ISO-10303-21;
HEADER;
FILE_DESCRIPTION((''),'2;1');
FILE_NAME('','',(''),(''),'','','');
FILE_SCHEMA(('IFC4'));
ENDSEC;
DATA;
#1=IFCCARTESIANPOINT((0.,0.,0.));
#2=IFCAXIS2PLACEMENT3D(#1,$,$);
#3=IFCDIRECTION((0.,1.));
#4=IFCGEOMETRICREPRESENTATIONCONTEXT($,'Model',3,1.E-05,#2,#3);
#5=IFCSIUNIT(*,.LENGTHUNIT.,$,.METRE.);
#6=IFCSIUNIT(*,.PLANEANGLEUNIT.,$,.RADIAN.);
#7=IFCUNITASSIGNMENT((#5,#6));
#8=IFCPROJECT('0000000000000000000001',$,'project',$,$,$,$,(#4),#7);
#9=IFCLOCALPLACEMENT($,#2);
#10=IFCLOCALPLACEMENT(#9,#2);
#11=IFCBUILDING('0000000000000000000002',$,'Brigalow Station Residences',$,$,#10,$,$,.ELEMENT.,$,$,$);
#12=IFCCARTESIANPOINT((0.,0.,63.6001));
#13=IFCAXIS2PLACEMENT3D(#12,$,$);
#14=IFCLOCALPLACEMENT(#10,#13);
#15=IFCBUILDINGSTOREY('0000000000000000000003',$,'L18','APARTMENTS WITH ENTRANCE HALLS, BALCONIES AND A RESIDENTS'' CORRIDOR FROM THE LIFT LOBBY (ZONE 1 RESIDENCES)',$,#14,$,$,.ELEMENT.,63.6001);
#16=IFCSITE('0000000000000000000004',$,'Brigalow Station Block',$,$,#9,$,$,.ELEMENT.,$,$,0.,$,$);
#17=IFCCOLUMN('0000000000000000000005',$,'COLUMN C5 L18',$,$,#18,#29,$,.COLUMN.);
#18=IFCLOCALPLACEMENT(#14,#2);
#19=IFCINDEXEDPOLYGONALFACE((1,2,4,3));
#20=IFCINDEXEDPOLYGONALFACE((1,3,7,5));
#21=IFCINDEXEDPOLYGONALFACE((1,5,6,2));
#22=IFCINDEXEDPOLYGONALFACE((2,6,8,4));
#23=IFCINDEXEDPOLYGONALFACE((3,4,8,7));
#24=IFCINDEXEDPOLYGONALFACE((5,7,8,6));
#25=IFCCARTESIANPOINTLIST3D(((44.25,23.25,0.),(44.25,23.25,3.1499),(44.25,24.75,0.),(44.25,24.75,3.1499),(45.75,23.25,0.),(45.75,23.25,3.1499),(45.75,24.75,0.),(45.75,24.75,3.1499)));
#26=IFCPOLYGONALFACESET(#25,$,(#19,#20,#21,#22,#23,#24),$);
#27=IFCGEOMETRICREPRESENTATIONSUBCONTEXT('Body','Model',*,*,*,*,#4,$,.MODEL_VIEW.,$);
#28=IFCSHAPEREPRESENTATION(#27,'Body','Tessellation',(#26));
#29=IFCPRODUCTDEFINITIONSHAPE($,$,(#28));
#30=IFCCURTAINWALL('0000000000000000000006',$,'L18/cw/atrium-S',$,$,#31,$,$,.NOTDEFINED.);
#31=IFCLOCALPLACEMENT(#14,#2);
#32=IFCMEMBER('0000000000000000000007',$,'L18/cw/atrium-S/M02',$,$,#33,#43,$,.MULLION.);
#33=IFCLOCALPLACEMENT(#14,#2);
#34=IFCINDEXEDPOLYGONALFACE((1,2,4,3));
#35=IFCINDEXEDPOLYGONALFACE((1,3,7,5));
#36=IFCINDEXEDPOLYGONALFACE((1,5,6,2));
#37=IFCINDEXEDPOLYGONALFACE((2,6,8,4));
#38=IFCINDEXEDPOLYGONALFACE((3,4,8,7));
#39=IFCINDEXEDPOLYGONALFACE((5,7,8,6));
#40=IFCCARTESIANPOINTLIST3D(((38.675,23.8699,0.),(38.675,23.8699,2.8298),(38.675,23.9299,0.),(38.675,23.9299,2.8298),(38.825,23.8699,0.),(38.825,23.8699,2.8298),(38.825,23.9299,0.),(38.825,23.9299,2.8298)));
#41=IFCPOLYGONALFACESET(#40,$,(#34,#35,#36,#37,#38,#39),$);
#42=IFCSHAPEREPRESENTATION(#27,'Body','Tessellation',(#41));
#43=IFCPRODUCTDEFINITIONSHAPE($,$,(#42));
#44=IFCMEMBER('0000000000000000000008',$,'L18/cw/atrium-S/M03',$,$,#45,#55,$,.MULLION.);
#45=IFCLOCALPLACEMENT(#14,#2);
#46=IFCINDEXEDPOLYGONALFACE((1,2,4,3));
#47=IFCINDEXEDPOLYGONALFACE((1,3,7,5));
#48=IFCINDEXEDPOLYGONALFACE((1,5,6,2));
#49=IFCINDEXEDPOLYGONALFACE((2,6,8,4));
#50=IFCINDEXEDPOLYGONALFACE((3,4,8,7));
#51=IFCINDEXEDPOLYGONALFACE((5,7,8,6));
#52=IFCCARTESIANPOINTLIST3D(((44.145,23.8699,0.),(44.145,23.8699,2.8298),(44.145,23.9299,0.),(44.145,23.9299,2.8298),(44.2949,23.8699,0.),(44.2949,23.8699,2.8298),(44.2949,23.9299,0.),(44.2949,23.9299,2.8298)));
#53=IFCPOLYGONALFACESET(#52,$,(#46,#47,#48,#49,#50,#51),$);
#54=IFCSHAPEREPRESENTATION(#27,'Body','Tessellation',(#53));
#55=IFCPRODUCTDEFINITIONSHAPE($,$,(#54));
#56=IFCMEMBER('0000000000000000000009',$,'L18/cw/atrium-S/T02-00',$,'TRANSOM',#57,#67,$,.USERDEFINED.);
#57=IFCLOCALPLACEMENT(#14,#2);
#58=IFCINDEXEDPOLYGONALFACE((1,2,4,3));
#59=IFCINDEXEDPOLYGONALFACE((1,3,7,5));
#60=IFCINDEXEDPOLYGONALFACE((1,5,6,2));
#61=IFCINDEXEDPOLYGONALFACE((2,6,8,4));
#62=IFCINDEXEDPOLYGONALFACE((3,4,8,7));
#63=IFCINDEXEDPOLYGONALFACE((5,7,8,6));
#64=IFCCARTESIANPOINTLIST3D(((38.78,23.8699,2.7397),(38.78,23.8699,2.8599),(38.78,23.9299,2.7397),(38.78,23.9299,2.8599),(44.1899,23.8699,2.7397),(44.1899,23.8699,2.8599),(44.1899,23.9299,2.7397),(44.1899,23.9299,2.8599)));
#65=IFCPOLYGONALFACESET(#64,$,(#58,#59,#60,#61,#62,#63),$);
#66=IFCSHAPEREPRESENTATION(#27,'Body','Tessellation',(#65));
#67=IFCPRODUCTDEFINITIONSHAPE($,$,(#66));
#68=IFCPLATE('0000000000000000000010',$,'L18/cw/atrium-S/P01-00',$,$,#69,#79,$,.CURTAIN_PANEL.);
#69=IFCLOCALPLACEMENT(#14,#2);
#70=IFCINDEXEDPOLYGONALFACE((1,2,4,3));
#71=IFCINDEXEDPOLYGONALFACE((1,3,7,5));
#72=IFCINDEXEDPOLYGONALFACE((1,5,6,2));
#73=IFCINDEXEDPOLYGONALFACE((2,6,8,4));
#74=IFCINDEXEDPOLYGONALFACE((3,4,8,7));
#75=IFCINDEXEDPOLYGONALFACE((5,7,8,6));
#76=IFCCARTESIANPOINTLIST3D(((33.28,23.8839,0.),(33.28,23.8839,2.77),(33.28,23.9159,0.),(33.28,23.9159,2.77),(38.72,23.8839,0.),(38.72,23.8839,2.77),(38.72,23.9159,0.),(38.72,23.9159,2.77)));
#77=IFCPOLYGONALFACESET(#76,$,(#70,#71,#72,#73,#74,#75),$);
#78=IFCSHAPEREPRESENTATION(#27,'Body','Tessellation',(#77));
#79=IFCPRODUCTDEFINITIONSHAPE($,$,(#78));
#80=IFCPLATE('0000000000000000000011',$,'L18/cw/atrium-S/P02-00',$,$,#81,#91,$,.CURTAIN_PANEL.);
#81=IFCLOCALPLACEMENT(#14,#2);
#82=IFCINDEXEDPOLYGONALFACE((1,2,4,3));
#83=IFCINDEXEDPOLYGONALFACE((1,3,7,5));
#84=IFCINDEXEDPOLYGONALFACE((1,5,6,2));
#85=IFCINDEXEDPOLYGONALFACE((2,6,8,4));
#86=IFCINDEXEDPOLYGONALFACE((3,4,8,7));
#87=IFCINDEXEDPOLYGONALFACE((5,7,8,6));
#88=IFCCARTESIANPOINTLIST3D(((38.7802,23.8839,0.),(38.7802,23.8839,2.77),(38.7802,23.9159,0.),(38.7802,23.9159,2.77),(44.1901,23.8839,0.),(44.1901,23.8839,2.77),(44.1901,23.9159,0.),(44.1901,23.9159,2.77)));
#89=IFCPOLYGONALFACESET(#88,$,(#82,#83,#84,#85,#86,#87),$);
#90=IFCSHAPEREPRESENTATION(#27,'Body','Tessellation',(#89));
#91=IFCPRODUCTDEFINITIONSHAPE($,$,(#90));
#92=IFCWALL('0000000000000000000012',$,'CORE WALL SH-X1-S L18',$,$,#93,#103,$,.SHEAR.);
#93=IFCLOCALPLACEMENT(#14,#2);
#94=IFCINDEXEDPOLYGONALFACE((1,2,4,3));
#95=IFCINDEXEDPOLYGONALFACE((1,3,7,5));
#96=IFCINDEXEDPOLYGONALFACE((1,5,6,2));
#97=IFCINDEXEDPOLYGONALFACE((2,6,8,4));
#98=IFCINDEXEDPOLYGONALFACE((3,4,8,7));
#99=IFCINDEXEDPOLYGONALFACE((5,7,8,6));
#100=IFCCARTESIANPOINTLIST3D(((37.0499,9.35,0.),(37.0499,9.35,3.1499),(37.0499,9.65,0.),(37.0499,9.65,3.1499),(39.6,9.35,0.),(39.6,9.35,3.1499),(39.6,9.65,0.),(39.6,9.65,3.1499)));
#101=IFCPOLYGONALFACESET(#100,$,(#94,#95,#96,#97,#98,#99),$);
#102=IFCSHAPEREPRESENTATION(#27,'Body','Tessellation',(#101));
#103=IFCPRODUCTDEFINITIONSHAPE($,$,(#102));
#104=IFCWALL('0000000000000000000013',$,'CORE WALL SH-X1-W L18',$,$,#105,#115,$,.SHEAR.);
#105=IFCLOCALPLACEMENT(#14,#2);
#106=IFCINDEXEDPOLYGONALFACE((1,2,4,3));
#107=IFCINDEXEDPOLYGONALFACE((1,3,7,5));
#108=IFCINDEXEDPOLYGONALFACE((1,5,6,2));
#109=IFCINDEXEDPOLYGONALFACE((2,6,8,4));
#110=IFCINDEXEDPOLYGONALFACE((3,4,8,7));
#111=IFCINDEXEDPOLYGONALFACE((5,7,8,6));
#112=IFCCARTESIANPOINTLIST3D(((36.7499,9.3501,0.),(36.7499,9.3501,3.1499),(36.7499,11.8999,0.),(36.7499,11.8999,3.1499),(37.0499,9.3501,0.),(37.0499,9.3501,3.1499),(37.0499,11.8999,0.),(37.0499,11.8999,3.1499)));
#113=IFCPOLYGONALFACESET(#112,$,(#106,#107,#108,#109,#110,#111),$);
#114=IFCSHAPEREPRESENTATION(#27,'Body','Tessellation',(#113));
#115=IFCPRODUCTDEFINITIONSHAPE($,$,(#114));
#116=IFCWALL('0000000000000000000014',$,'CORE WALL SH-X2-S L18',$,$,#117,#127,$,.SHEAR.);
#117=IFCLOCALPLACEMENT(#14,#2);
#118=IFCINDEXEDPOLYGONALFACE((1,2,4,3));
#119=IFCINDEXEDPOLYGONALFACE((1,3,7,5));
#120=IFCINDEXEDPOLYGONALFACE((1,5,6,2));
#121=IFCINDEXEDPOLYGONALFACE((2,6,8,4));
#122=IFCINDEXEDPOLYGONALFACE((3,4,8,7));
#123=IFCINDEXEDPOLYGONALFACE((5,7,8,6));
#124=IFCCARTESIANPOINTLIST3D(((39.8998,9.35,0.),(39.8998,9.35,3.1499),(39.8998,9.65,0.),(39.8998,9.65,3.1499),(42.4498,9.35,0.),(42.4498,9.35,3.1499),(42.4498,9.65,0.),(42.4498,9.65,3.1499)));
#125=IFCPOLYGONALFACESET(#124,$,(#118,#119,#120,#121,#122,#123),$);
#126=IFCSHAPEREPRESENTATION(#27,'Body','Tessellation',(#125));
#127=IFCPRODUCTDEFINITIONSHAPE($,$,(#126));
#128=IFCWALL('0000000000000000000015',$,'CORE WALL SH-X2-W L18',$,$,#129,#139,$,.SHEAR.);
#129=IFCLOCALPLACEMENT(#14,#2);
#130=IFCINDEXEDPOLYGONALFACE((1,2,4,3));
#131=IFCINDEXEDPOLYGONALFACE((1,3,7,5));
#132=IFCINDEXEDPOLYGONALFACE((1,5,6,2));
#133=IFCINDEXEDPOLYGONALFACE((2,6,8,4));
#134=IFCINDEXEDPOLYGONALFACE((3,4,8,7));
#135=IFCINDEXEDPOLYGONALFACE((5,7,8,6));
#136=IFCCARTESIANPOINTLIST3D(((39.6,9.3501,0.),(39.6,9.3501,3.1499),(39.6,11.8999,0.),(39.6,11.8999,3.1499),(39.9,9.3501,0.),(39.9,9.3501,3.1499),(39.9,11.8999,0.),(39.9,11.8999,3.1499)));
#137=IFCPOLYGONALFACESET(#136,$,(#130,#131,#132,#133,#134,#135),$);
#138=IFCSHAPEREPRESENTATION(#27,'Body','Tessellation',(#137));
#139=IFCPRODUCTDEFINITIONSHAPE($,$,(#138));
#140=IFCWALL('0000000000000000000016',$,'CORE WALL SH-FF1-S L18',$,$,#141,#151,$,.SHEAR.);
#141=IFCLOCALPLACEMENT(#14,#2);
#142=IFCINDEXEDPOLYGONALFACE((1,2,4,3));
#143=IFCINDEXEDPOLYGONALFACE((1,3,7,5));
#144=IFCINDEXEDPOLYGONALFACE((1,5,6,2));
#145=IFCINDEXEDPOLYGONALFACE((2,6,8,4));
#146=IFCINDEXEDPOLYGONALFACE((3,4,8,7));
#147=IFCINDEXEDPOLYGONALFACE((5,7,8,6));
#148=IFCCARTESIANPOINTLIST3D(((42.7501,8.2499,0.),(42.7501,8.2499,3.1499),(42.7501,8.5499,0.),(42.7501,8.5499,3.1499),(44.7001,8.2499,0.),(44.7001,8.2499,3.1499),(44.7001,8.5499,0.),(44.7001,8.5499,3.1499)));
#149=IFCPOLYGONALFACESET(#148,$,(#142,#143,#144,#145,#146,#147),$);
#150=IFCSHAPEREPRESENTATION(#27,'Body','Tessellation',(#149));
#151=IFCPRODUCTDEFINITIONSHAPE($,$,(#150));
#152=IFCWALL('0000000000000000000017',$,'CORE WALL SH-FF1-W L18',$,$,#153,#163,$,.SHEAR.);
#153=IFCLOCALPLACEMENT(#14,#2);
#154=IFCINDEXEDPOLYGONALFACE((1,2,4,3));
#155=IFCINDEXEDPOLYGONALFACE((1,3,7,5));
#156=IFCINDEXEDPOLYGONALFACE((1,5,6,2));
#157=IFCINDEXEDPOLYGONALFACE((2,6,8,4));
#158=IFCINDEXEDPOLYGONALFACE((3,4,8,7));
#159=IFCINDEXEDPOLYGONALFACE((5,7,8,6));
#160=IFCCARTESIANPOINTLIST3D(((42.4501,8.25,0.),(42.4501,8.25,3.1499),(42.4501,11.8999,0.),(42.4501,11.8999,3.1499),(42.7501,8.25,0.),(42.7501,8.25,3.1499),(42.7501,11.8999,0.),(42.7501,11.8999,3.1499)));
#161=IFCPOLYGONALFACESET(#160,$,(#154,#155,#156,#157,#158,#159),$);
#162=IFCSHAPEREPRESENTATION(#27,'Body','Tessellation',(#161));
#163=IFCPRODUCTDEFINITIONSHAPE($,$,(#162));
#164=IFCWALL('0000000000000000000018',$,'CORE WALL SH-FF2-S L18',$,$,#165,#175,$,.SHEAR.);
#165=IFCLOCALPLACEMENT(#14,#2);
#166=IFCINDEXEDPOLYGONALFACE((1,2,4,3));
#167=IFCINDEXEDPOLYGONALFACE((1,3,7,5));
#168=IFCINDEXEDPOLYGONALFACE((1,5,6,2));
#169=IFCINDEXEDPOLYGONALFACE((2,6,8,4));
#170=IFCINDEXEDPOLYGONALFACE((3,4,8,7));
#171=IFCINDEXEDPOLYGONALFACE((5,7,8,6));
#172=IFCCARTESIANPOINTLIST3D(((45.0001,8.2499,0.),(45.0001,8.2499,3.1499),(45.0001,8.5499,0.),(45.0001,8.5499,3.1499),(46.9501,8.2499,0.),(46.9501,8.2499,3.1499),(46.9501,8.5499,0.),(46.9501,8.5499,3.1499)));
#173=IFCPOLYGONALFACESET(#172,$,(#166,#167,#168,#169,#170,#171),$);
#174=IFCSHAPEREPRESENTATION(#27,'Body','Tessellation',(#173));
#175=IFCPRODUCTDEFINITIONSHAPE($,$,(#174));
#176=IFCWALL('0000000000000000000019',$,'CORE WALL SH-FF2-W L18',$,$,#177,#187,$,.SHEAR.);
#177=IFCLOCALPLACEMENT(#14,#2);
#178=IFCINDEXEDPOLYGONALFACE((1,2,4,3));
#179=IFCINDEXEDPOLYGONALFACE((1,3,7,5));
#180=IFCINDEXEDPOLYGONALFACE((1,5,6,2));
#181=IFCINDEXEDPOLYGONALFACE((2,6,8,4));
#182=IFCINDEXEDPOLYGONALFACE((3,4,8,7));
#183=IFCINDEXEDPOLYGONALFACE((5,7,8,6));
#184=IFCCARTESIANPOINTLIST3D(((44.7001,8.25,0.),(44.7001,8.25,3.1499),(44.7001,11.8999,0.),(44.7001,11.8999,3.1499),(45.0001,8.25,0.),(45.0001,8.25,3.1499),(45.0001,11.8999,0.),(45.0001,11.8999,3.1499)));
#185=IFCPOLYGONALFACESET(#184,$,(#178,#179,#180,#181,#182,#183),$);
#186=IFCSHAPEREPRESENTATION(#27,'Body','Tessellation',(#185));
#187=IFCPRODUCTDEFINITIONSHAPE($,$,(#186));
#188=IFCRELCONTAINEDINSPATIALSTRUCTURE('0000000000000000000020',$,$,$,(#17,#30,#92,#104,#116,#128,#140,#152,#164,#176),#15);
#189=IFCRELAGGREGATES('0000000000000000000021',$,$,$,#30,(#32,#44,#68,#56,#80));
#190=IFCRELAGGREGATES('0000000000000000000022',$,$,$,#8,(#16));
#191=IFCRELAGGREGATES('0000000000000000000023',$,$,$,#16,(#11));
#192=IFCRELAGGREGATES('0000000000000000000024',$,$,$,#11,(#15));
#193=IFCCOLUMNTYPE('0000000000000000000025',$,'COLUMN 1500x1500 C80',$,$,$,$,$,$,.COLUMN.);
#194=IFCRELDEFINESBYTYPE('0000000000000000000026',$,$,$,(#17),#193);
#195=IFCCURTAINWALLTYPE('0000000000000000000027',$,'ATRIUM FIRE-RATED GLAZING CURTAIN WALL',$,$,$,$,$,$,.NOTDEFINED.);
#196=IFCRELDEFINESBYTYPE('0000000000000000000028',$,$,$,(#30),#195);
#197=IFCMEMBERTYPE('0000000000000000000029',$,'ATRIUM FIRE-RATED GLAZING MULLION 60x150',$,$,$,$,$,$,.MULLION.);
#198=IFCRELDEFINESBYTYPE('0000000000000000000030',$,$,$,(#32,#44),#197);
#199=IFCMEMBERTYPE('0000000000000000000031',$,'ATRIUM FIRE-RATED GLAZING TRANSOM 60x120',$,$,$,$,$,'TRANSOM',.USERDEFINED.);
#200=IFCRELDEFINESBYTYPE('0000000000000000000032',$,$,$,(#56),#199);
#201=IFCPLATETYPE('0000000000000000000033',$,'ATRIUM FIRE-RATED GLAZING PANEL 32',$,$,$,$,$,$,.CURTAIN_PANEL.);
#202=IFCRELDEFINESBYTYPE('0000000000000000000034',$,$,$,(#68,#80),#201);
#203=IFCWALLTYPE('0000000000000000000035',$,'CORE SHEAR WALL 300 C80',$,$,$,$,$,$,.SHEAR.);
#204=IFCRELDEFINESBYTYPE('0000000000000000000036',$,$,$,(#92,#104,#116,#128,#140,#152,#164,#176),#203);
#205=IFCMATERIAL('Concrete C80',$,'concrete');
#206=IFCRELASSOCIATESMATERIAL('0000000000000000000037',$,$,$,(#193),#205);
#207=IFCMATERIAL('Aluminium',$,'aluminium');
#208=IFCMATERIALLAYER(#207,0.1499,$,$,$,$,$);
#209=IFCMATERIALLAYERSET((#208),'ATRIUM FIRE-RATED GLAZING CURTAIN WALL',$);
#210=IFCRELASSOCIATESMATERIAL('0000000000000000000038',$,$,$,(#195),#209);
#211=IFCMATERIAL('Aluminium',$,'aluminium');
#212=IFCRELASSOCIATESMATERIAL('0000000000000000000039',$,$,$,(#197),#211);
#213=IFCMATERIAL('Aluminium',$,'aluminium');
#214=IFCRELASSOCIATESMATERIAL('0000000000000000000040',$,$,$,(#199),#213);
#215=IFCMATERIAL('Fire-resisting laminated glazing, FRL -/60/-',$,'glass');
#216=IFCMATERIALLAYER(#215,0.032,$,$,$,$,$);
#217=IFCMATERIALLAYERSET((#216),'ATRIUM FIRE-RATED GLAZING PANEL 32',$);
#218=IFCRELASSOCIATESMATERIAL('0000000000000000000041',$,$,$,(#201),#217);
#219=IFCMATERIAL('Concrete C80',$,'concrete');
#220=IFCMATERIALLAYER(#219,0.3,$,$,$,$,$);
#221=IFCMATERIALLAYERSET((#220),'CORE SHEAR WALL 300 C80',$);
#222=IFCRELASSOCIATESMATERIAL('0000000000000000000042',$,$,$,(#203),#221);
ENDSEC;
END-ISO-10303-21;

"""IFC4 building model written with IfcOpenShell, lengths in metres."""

from ifc_helpers import new_model, si_unit, direction, frame, frame_2d, origin, origin_2d, place, context, subcontext, project, spatial, rectangle, extrude, material, layer, layer_set, material_profile, profile_set, type_object, element, aggregate, save


model = new_model("IFC4")

# Units and contexts
model_context = context("Model", 3, precision=1e-05, world=origin(), true_north=direction((0.0, 1.0)))
body_context = subcontext(model_context, "Body", "Model", "MODEL_VIEW")
ifc_project = project(units=[si_unit("LENGTHUNIT", "METRE"), si_unit("PLANEANGLEUNIT", "RADIAN")], contexts=[model_context])

# Site, building, storey
site_placement = place(None, origin())
site = spatial("IfcSite", under=ifc_project, at=site_placement, Name="Brigalow Station Block", CompositionType="ELEMENT", RefElevation=0.0)
building_placement = place(site_placement, origin())
building = spatial("IfcBuilding", under=site, at=building_placement, Name="Brigalow Station Residences", CompositionType="ELEMENT")
storey_placement = place(building_placement, frame((0.0, 0.0, 63.6001)))
storey = spatial("IfcBuildingStorey", under=building, at=storey_placement, Name="L18", Description="APARTMENTS WITH ENTRANCE HALLS, BALCONIES AND A RESIDENTS' CORRIDOR FROM THE LIFT LOBBY (ZONE 1 RESIDENCES)", CompositionType="ELEMENT", Elevation=63.6001)

# Column
ifc_material_1 = material(Name="Concrete C80", Category="concrete")
ifc_material_profile_1 = material_profile(ifc_material_1, rectangle(XDim=1.5, YDim=1.5, at=origin_2d()), Name="RC1500x1500")
ifc_profile_set_1 = profile_set([ifc_material_profile_1], Name="Concrete C80")
column_type = type_object("IfcColumnType", Name="COLUMN 1500x1500 C80", PredefinedType="COLUMN", material=ifc_profile_set_1)
column_placement = place(storey_placement, frame((45.0, 24.0, 0.0), z_axis=(0.0, 0.0, 1.0), x_axis=(1.0, 0.0, 0.0)))
element("IfcColumn", 1, at=column_placement, inside=storey, type_object=column_type, Name="COLUMN C5 L18", PredefinedType="COLUMN", context=body_context, shape_type="SweptSolid", body=[
    extrude(rectangle(XDim=1.5, YDim=1.5, at=origin_2d()), origin(), (0.0, 0.0, 1.0), 3.1499),
])

# Curtain wall, members, plates
ifc_material_2 = material(Name="Aluminium", Category="aluminium")
ifc_layer_1 = layer(ifc_material_2, 0.1499)
ifc_layer_set_1 = layer_set([ifc_layer_1], Name="ATRIUM FIRE-RATED GLAZING CURTAIN WALL")
curtain_wall_type = type_object("IfcCurtainWallType", Name="ATRIUM FIRE-RATED GLAZING CURTAIN WALL", PredefinedType="NOTDEFINED", material=ifc_layer_set_1)
curtain_wall_placement = place(storey_placement, origin())
curtain_wall = element("IfcCurtainWall", 2, at=curtain_wall_placement, inside=storey, type_object=curtain_wall_type, Name="L18/cw/atrium-S", PredefinedType="NOTDEFINED")
ifc_material_3 = material(Name="Aluminium", Category="aluminium")
ifc_material_profile_2 = material_profile(ifc_material_3, rectangle(XDim=0.0601, YDim=0.1499, at=origin_2d()), Name="ATRIUM FIRE-RATED GLAZING MULLION 60x150")
ifc_profile_set_2 = profile_set([ifc_material_profile_2], Name="Aluminium")
member_type_1 = type_object("IfcMemberType", Name="ATRIUM FIRE-RATED GLAZING MULLION 60x150", PredefinedType="MULLION", material=ifc_profile_set_2)
member_1_placement = place(storey_placement, frame((38.75, 23.8999, 0.0), z_axis=(0.0, 0.0, 1.0), x_axis=(0.0, 1.0, 0.0)))
member_1 = element("IfcMember", 3, at=member_1_placement, type_object=member_type_1, Name="L18/cw/atrium-S/M02", PredefinedType="MULLION", context=body_context, shape_type="SweptSolid", body=[
    extrude(rectangle(XDim=0.0601, YDim=0.1499, at=origin_2d()), origin(), (0.0, 0.0, 1.0), 2.8298),
])
member_2_placement = place(storey_placement, frame((44.22, 23.8999, 0.0), z_axis=(0.0, 0.0, 1.0), x_axis=(0.0, 1.0, 0.0)))
member_2 = element("IfcMember", 4, at=member_2_placement, type_object=member_type_1, Name="L18/cw/atrium-S/M03", PredefinedType="MULLION", context=body_context, shape_type="SweptSolid", body=[
    extrude(rectangle(XDim=0.0601, YDim=0.1499, at=origin_2d()), origin(), (0.0, 0.0, 1.0), 2.8298),
])
ifc_material_4 = material(Name="Aluminium", Category="aluminium")
ifc_material_profile_3 = material_profile(ifc_material_4, rectangle(XDim=0.0601, YDim=0.1201, at=origin_2d()), Name="ATRIUM FIRE-RATED GLAZING TRANSOM 60x120")
ifc_profile_set_3 = profile_set([ifc_material_profile_3], Name="Aluminium")
member_type_2 = type_object("IfcMemberType", Name="ATRIUM FIRE-RATED GLAZING TRANSOM 60x120", ElementType="TRANSOM", PredefinedType="USERDEFINED", material=ifc_profile_set_3)
member_3_placement = place(storey_placement, frame((38.78, 23.8999, 2.7998), z_axis=(1.0, 0.0, 0.0), x_axis=(0.0, 1.0, 0.0)))
member_3 = element("IfcMember", 5, at=member_3_placement, type_object=member_type_2, Name="L18/cw/atrium-S/T02-00", ObjectType="TRANSOM", PredefinedType="USERDEFINED", context=body_context, shape_type="SweptSolid", body=[
    extrude(rectangle(XDim=0.0601, YDim=0.1201, at=origin_2d()), origin(), (0.0, 0.0, 1.0), 5.4099),
])
ifc_material_5 = material(Name="Fire-resisting laminated glazing, FRL -/60/-", Category="glass")
ifc_layer_2 = layer(ifc_material_5, 0.032)
ifc_layer_set_2 = layer_set([ifc_layer_2], Name="ATRIUM FIRE-RATED GLAZING PANEL 32")
plate_type = type_object("IfcPlateType", Name="ATRIUM FIRE-RATED GLAZING PANEL 32", PredefinedType="CURTAIN_PANEL", material=ifc_layer_set_2)
plate_1_placement = place(storey_placement, frame((36.0, 23.8999, 0.0), z_axis=(0.0, 0.0, 1.0), x_axis=(1.0, 0.0, 0.0)))
plate_1 = element("IfcPlate", 6, at=plate_1_placement, type_object=plate_type, Name="L18/cw/atrium-S/P01-00", PredefinedType="CURTAIN_PANEL", context=body_context, shape_type="SweptSolid", body=[
    extrude(rectangle(XDim=5.4399, YDim=0.032, at=origin_2d()), origin(), (0.0, 0.0, 1.0), 2.77),
])
plate_2_placement = place(storey_placement, frame((41.4851, 23.8999, 0.0), z_axis=(0.0, 0.0, 1.0), x_axis=(1.0, 0.0, 0.0)))
plate_2 = element("IfcPlate", 7, at=plate_2_placement, type_object=plate_type, Name="L18/cw/atrium-S/P02-00", PredefinedType="CURTAIN_PANEL", context=body_context, shape_type="SweptSolid", body=[
    extrude(rectangle(XDim=5.4099, YDim=0.032, at=origin_2d()), origin(), (0.0, 0.0, 1.0), 2.77),
])
aggregate(curtain_wall, [member_1, member_2, plate_1, member_3, plate_2])

# Walls
ifc_material_6 = material(Name="Concrete C80", Category="concrete")
ifc_layer_3 = layer(ifc_material_6, 0.3)
ifc_layer_set_3 = layer_set([ifc_layer_3], Name="CORE SHEAR WALL 300 C80")
wall_type_1 = type_object("IfcWallType", Name="CORE SHEAR WALL 300 C80", PredefinedType="SHEAR", material=ifc_layer_set_3)
wall_1_placement = place(storey_placement, frame((37.05, 9.5, 0.0), z_axis=(0.0, 0.0, 1.0), x_axis=(1.0, 0.0, 0.0)))
element("IfcWall", 8, at=wall_1_placement, inside=storey, type_object=wall_type_1, Name="CORE WALL SH-X1-S L18", PredefinedType="SHEAR", context=body_context, shape_type="SweptSolid", body=[
    extrude(rectangle(XDim=2.55, YDim=0.3, at=frame_2d((1.2749, 0.0))), origin(), (0.0, 0.0, 1.0), 3.1499),
])
wall_2_placement = place(storey_placement, frame((36.8999, 9.3501, 0.0), z_axis=(0.0, 0.0, 1.0), x_axis=(0.0, 1.0, 0.0)))
element("IfcWall", 9, at=wall_2_placement, inside=storey, type_object=wall_type_1, Name="CORE WALL SH-X1-W L18", PredefinedType="SHEAR", context=body_context, shape_type="SweptSolid", body=[
    extrude(rectangle(XDim=2.5498, YDim=0.3, at=frame_2d((1.2749, 0.0))), origin(), (0.0, 0.0, 1.0), 3.1499),
])
wall_3_placement = place(storey_placement, frame((39.8999, 9.5, 0.0), z_axis=(0.0, 0.0, 1.0), x_axis=(1.0, 0.0, 0.0)))
element("IfcWall", 10, at=wall_3_placement, inside=storey, type_object=wall_type_1, Name="CORE WALL SH-X2-S L18", PredefinedType="SHEAR", context=body_context, shape_type="SweptSolid", body=[
    extrude(rectangle(XDim=2.55, YDim=0.3, at=frame_2d((1.2749, 0.0))), origin(), (0.0, 0.0, 1.0), 3.1499),
])
wall_4_placement = place(storey_placement, frame((39.75, 9.3501, 0.0), z_axis=(0.0, 0.0, 1.0), x_axis=(0.0, 1.0, 0.0)))
element("IfcWall", 11, at=wall_4_placement, inside=storey, type_object=wall_type_1, Name="CORE WALL SH-X2-W L18", PredefinedType="SHEAR", context=body_context, shape_type="SweptSolid", body=[
    extrude(rectangle(XDim=2.5498, YDim=0.3, at=frame_2d((1.2749, 0.0))), origin(), (0.0, 0.0, 1.0), 3.1499),
])
wall_5_placement = place(storey_placement, frame((42.75, 8.3999, 0.0), z_axis=(0.0, 0.0, 1.0), x_axis=(1.0, 0.0, 0.0)))
element("IfcWall", 12, at=wall_5_placement, inside=storey, type_object=wall_type_1, Name="CORE WALL SH-FF1-S L18", PredefinedType="SHEAR", context=body_context, shape_type="SweptSolid", body=[
    extrude(rectangle(XDim=1.95, YDim=0.3, at=frame_2d((0.9751, 0.0))), origin(), (0.0, 0.0, 1.0), 3.1499),
])
wall_6_placement = place(storey_placement, frame((42.6001, 8.25, 0.0), z_axis=(0.0, 0.0, 1.0), x_axis=(0.0, 1.0, 0.0)))
element("IfcWall", 13, at=wall_6_placement, inside=storey, type_object=wall_type_1, Name="CORE WALL SH-FF1-W L18", PredefinedType="SHEAR", context=body_context, shape_type="SweptSolid", body=[
    extrude(rectangle(XDim=3.6499, YDim=0.3, at=frame_2d((1.825, 0.0))), origin(), (0.0, 0.0, 1.0), 3.1499),
])
wall_7_placement = place(storey_placement, frame((45.0, 8.3999, 0.0), z_axis=(0.0, 0.0, 1.0), x_axis=(1.0, 0.0, 0.0)))
element("IfcWall", 14, at=wall_7_placement, inside=storey, type_object=wall_type_1, Name="CORE WALL SH-FF2-S L18", PredefinedType="SHEAR", context=body_context, shape_type="SweptSolid", body=[
    extrude(rectangle(XDim=1.95, YDim=0.3, at=frame_2d((0.9751, 0.0))), origin(), (0.0, 0.0, 1.0), 3.1499),
])
wall_8_placement = place(storey_placement, frame((44.8501, 8.25, 0.0), z_axis=(0.0, 0.0, 1.0), x_axis=(0.0, 1.0, 0.0)))
element("IfcWall", 15, at=wall_8_placement, inside=storey, type_object=wall_type_1, Name="CORE WALL SH-FF2-W L18", PredefinedType="SHEAR", context=body_context, shape_type="SweptSolid", body=[
    extrude(rectangle(XDim=3.6499, YDim=0.3, at=frame_2d((1.825, 0.0))), origin(), (0.0, 0.0, 1.0), 3.1499),
])

save(model, "model.ifc")
